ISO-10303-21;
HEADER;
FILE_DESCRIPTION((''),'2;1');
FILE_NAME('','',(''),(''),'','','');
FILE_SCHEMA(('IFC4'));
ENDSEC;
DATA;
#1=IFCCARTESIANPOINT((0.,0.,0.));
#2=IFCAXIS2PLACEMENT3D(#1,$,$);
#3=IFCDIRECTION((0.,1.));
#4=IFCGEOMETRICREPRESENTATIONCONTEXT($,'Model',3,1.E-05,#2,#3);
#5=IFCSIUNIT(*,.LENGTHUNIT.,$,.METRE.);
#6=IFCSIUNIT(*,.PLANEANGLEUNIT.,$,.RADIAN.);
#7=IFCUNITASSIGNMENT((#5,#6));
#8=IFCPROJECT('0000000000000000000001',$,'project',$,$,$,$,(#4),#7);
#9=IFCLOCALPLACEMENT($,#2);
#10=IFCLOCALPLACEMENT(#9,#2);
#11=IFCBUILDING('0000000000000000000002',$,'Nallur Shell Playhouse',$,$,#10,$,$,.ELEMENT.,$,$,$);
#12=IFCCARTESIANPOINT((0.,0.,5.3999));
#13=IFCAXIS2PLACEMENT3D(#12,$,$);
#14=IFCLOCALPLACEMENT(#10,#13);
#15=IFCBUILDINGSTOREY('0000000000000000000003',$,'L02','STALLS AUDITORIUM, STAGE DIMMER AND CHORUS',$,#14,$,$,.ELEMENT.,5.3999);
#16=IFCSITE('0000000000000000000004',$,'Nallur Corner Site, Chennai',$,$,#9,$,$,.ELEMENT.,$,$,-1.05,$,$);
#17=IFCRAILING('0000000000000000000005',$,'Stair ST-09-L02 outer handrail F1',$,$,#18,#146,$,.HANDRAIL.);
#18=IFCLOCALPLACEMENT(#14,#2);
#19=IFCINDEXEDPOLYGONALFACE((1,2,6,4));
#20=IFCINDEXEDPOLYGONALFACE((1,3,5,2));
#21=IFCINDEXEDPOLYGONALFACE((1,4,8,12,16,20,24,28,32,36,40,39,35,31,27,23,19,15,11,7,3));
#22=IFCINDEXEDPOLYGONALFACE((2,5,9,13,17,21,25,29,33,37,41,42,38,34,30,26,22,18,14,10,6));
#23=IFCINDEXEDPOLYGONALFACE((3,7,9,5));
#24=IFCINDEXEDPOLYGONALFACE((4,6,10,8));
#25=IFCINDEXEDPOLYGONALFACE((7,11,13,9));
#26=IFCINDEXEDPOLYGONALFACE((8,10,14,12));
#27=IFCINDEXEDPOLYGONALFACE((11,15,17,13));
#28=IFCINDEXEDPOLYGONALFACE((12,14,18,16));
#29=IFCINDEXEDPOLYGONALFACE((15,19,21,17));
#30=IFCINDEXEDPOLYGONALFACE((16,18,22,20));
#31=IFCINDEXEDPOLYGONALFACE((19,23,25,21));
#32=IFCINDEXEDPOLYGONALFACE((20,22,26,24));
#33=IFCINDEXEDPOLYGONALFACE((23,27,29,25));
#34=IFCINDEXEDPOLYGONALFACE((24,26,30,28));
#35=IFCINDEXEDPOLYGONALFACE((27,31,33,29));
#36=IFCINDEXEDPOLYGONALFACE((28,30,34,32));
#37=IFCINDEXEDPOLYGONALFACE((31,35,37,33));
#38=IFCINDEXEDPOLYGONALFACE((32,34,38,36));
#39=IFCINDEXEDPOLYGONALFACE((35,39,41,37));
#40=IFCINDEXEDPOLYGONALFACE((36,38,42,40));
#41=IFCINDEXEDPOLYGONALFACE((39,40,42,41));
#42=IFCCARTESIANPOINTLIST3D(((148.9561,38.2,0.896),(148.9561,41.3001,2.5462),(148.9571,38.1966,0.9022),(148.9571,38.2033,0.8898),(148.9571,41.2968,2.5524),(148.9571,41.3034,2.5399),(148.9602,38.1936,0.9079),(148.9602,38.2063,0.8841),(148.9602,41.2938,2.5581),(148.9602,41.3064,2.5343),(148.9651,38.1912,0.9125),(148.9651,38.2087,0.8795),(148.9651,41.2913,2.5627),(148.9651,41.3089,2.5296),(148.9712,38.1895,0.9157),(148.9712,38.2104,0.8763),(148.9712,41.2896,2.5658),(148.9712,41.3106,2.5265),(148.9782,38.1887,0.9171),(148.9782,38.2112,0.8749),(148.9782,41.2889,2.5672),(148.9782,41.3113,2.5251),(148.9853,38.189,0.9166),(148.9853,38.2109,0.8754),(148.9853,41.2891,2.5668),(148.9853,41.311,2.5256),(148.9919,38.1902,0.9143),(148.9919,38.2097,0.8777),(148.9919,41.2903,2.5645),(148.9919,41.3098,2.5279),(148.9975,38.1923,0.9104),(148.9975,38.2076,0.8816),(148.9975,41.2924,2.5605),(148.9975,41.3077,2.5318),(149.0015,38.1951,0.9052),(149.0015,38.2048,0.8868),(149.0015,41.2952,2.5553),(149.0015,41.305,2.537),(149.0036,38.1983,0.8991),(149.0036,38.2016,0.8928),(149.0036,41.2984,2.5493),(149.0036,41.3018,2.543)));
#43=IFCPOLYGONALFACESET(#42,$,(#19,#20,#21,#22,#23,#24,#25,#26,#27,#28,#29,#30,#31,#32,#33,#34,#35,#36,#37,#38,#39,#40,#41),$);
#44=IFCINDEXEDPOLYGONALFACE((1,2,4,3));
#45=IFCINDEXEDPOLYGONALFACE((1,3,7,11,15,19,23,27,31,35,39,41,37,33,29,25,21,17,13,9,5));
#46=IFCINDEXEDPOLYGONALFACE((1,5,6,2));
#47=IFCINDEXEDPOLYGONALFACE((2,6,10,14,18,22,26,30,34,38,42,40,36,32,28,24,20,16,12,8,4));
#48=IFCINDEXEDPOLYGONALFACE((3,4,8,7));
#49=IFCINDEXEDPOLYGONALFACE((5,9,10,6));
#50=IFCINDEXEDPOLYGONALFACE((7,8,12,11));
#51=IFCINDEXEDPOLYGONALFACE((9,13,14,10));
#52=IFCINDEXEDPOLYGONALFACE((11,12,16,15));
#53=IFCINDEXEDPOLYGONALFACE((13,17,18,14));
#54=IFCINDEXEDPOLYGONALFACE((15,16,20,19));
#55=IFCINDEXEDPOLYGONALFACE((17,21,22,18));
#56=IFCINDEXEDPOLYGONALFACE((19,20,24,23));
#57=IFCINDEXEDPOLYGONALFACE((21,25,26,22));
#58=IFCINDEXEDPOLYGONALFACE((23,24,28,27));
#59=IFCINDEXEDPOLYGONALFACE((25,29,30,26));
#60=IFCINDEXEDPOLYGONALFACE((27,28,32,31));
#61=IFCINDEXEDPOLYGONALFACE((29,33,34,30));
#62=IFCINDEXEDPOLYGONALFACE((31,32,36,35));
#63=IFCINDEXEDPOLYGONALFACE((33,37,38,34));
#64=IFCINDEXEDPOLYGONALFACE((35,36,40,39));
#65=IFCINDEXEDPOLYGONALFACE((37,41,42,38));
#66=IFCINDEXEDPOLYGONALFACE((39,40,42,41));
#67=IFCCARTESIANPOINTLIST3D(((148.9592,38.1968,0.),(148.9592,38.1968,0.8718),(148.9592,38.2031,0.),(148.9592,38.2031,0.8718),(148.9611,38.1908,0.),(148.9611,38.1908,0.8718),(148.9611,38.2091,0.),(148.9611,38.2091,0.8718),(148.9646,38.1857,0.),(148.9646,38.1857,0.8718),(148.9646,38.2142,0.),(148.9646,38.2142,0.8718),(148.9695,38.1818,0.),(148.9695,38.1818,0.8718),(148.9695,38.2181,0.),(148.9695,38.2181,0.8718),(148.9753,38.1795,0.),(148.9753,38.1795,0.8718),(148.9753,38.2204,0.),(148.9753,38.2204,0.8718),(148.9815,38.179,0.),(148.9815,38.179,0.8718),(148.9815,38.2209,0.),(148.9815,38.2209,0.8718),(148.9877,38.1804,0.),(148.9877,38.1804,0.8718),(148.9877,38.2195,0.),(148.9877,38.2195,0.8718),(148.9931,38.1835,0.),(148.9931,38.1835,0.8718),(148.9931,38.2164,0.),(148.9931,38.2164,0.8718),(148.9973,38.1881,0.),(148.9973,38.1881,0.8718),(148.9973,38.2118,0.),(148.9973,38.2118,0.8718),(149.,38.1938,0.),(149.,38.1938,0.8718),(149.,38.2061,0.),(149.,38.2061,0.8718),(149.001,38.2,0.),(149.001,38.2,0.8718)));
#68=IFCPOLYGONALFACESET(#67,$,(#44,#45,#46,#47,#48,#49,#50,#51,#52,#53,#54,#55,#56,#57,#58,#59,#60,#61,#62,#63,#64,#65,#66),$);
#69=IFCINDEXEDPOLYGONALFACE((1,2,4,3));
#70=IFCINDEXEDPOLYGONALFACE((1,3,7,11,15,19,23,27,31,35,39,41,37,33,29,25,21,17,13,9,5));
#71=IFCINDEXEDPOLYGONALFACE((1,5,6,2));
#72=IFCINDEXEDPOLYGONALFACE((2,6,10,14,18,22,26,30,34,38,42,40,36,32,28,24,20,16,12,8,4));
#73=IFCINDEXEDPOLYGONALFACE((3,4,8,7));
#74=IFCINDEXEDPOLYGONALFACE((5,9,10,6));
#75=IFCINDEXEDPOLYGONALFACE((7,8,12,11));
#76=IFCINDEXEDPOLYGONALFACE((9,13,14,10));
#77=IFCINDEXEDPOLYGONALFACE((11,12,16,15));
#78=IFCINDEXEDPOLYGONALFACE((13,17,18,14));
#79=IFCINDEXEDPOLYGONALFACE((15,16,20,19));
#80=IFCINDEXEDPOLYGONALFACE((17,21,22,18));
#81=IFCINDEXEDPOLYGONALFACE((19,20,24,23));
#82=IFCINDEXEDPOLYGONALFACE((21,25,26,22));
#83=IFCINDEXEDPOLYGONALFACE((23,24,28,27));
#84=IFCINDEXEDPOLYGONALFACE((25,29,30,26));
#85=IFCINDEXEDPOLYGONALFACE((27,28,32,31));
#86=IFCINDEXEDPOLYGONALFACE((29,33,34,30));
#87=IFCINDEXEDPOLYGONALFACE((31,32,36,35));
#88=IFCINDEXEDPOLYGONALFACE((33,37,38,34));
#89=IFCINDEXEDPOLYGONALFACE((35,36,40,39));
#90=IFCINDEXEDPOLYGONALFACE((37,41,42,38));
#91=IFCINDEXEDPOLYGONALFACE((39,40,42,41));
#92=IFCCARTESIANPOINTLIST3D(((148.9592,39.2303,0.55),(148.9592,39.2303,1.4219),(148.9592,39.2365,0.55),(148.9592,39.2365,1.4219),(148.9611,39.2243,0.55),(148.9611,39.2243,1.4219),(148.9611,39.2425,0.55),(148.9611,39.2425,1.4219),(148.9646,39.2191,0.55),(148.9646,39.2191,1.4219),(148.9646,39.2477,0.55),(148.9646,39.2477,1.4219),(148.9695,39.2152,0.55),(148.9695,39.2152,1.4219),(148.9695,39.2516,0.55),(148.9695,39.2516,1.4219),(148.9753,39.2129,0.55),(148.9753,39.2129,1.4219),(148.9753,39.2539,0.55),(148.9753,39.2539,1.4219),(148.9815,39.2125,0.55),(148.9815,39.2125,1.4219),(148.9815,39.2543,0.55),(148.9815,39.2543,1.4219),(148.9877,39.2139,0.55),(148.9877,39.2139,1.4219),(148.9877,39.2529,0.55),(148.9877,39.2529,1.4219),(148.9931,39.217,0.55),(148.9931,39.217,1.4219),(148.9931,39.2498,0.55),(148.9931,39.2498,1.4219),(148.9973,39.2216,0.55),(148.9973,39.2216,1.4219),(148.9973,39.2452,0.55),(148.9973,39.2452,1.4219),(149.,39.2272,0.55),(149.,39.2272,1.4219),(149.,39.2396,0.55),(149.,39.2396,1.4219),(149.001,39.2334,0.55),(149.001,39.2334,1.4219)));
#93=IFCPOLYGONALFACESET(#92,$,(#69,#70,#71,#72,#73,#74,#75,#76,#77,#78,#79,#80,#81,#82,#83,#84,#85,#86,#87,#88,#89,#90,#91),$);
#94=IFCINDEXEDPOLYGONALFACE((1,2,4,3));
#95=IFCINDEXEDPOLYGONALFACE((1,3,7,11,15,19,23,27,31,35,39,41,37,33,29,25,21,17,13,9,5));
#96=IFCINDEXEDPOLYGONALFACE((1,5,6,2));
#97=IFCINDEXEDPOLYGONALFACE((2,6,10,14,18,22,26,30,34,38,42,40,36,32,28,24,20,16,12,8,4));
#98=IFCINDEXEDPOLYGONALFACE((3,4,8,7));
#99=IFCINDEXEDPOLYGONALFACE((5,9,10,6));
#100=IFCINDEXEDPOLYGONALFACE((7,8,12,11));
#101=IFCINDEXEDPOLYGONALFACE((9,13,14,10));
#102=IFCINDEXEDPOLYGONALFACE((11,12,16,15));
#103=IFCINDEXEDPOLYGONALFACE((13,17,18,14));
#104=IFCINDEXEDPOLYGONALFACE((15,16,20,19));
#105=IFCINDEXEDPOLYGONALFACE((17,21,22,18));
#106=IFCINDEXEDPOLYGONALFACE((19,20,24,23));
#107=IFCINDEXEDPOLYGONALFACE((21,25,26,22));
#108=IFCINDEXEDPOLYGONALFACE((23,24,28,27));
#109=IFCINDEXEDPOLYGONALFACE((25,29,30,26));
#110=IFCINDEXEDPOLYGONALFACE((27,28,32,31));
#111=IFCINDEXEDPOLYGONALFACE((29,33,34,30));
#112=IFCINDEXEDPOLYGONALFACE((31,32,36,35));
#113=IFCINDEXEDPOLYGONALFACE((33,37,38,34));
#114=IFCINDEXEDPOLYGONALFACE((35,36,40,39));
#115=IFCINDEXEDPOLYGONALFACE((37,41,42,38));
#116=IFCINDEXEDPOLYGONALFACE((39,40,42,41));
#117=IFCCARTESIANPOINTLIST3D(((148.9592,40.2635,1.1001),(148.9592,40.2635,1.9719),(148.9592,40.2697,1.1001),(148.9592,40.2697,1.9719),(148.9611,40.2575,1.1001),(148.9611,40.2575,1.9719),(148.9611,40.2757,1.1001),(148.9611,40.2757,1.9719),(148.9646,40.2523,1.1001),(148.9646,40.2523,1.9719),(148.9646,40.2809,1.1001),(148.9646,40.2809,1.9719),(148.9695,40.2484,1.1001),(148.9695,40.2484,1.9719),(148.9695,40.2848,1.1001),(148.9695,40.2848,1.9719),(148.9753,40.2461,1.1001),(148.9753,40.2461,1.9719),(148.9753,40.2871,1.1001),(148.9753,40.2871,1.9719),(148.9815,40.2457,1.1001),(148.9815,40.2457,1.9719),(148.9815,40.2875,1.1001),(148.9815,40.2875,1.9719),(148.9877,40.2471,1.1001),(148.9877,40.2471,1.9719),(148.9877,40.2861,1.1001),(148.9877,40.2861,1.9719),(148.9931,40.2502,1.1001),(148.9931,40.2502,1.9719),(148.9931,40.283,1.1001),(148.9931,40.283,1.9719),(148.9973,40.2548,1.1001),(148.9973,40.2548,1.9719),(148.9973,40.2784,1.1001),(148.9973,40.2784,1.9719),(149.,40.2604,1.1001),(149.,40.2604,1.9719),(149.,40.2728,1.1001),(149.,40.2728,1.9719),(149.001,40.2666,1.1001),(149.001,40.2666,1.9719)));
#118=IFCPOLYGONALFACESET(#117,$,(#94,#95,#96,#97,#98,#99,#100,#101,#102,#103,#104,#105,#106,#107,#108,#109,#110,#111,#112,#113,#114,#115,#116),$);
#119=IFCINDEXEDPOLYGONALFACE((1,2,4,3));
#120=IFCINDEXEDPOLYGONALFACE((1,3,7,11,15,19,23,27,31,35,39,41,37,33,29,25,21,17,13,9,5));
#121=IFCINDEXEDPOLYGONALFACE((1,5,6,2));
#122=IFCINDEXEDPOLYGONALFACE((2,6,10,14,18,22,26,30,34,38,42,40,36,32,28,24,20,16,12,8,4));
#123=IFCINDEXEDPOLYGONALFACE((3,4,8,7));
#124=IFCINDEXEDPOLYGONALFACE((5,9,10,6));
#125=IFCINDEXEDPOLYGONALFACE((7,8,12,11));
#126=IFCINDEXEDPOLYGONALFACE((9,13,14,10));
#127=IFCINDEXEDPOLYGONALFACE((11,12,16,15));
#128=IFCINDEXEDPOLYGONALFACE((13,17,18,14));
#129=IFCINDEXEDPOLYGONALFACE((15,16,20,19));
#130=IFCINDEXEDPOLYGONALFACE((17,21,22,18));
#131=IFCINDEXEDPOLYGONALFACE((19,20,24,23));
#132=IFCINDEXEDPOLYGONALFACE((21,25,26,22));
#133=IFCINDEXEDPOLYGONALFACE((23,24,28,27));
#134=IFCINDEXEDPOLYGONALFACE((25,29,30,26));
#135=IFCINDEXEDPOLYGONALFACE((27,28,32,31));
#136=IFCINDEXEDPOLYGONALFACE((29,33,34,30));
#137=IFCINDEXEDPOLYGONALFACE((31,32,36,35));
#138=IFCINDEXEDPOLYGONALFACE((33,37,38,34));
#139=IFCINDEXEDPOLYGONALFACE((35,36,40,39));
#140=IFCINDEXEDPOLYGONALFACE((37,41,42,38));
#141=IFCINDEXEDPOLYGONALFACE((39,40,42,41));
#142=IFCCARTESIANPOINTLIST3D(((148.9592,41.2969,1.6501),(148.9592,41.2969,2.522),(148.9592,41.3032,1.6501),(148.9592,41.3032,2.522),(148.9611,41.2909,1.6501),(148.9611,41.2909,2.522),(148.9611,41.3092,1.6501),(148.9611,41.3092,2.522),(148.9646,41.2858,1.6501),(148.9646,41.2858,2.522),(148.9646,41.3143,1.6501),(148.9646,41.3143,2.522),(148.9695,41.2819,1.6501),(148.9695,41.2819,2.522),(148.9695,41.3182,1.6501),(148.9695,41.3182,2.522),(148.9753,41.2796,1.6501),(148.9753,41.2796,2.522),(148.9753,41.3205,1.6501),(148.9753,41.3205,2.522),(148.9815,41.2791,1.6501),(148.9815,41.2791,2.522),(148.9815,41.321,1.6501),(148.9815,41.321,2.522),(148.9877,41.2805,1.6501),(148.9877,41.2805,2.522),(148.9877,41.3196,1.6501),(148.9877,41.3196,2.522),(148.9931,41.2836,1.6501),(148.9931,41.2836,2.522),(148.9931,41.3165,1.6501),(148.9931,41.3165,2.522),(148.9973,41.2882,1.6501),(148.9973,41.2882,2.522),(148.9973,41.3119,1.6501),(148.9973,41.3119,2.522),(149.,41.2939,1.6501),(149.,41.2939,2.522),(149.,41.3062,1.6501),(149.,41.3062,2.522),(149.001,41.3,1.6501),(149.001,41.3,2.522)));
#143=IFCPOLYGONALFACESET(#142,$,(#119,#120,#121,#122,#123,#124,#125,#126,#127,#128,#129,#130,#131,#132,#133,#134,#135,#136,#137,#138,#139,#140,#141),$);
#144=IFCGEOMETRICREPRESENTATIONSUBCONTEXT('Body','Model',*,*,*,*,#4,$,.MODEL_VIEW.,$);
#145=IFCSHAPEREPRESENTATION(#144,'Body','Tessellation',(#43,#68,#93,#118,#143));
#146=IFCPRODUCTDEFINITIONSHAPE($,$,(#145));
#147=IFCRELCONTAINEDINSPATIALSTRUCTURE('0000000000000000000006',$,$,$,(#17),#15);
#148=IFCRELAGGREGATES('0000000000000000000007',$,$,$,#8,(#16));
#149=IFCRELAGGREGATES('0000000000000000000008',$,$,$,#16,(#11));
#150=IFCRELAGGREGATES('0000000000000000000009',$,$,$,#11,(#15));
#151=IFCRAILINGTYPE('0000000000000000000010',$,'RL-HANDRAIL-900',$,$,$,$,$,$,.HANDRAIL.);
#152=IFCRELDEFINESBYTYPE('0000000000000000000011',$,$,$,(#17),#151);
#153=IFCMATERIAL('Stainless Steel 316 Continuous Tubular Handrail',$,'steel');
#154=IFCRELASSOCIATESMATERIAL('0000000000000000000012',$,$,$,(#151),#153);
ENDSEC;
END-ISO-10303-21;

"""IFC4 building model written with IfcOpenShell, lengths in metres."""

from ifc_helpers import new_model, si_unit, direction, frame, origin, origin_2d, place, context, subcontext, project, spatial, circle, extrude, material, type_object, element, save


model = new_model("IFC4")

# Units and contexts
model_context = context("Model", 3, precision=1e-05, world=origin(), true_north=direction((0.0, 1.0)))
body_context = subcontext(model_context, "Body", "Model", "MODEL_VIEW")
ifc_project = project(units=[si_unit("LENGTHUNIT", "METRE"), si_unit("PLANEANGLEUNIT", "RADIAN")], contexts=[model_context])

# Site, building, storey
site_placement = place(None, origin())
site = spatial("IfcSite", under=ifc_project, at=site_placement, Name="Nallur Corner Site, Chennai", CompositionType="ELEMENT", RefElevation=-1.05)
building_placement = place(site_placement, origin())
building = spatial("IfcBuilding", under=site, at=building_placement, Name="Nallur Shell Playhouse", CompositionType="ELEMENT")
storey_placement = place(building_placement, frame((0.0, 0.0, 5.3999)))
storey = spatial("IfcBuildingStorey", under=building, at=storey_placement, Name="L02", Description="STALLS AUDITORIUM, STAGE DIMMER AND CHORUS", CompositionType="ELEMENT", Elevation=5.3999)

# Railing
ifc_material_1 = material(Name="Stainless Steel 316 Continuous Tubular Handrail", Category="steel")
railing_type_1 = type_object("IfcRailingType", Name="RL-HANDRAIL-900", PredefinedType="HANDRAIL", material=ifc_material_1)
for number, where, name in (
    (1, (148.98, 38.2, 0.0), "Stair ST-09-L02 outer handrail F1"),
):
    element("IfcRailing", number, at=place(storey_placement, frame(where)), inside=storey, type_object=railing_type_1, Name=name, PredefinedType="HANDRAIL", context=body_context, shape_type="SweptSolid", body=[
        extrude(circle(Radius=0.0239, at=origin_2d()), frame((0.0, 0.0, 0.896), z_axis=(0.0, 0.882736, 0.46987), x_axis=(-1.0, 0.0, 0.0)), (0.0, 0.0, 1.0), 3.512),
        extrude(circle(Radius=0.021, at=origin_2d()), origin(), (0.0, 0.0, 1.0), 0.8718),
        extrude(circle(Radius=0.021, at=origin_2d()), frame((0.0, 1.0334, 0.55)), (0.0, 0.0, 1.0), 0.8718),
        extrude(circle(Radius=0.021, at=origin_2d()), frame((0.0, 2.0667, 1.1001)), (0.0, 0.0, 1.0), 0.8718),
        extrude(circle(Radius=0.021, at=origin_2d()), frame((0.0, 3.1001, 1.6501)), (0.0, 0.0, 1.0), 0.8718),
    ])

save(model, "model.ifc")
